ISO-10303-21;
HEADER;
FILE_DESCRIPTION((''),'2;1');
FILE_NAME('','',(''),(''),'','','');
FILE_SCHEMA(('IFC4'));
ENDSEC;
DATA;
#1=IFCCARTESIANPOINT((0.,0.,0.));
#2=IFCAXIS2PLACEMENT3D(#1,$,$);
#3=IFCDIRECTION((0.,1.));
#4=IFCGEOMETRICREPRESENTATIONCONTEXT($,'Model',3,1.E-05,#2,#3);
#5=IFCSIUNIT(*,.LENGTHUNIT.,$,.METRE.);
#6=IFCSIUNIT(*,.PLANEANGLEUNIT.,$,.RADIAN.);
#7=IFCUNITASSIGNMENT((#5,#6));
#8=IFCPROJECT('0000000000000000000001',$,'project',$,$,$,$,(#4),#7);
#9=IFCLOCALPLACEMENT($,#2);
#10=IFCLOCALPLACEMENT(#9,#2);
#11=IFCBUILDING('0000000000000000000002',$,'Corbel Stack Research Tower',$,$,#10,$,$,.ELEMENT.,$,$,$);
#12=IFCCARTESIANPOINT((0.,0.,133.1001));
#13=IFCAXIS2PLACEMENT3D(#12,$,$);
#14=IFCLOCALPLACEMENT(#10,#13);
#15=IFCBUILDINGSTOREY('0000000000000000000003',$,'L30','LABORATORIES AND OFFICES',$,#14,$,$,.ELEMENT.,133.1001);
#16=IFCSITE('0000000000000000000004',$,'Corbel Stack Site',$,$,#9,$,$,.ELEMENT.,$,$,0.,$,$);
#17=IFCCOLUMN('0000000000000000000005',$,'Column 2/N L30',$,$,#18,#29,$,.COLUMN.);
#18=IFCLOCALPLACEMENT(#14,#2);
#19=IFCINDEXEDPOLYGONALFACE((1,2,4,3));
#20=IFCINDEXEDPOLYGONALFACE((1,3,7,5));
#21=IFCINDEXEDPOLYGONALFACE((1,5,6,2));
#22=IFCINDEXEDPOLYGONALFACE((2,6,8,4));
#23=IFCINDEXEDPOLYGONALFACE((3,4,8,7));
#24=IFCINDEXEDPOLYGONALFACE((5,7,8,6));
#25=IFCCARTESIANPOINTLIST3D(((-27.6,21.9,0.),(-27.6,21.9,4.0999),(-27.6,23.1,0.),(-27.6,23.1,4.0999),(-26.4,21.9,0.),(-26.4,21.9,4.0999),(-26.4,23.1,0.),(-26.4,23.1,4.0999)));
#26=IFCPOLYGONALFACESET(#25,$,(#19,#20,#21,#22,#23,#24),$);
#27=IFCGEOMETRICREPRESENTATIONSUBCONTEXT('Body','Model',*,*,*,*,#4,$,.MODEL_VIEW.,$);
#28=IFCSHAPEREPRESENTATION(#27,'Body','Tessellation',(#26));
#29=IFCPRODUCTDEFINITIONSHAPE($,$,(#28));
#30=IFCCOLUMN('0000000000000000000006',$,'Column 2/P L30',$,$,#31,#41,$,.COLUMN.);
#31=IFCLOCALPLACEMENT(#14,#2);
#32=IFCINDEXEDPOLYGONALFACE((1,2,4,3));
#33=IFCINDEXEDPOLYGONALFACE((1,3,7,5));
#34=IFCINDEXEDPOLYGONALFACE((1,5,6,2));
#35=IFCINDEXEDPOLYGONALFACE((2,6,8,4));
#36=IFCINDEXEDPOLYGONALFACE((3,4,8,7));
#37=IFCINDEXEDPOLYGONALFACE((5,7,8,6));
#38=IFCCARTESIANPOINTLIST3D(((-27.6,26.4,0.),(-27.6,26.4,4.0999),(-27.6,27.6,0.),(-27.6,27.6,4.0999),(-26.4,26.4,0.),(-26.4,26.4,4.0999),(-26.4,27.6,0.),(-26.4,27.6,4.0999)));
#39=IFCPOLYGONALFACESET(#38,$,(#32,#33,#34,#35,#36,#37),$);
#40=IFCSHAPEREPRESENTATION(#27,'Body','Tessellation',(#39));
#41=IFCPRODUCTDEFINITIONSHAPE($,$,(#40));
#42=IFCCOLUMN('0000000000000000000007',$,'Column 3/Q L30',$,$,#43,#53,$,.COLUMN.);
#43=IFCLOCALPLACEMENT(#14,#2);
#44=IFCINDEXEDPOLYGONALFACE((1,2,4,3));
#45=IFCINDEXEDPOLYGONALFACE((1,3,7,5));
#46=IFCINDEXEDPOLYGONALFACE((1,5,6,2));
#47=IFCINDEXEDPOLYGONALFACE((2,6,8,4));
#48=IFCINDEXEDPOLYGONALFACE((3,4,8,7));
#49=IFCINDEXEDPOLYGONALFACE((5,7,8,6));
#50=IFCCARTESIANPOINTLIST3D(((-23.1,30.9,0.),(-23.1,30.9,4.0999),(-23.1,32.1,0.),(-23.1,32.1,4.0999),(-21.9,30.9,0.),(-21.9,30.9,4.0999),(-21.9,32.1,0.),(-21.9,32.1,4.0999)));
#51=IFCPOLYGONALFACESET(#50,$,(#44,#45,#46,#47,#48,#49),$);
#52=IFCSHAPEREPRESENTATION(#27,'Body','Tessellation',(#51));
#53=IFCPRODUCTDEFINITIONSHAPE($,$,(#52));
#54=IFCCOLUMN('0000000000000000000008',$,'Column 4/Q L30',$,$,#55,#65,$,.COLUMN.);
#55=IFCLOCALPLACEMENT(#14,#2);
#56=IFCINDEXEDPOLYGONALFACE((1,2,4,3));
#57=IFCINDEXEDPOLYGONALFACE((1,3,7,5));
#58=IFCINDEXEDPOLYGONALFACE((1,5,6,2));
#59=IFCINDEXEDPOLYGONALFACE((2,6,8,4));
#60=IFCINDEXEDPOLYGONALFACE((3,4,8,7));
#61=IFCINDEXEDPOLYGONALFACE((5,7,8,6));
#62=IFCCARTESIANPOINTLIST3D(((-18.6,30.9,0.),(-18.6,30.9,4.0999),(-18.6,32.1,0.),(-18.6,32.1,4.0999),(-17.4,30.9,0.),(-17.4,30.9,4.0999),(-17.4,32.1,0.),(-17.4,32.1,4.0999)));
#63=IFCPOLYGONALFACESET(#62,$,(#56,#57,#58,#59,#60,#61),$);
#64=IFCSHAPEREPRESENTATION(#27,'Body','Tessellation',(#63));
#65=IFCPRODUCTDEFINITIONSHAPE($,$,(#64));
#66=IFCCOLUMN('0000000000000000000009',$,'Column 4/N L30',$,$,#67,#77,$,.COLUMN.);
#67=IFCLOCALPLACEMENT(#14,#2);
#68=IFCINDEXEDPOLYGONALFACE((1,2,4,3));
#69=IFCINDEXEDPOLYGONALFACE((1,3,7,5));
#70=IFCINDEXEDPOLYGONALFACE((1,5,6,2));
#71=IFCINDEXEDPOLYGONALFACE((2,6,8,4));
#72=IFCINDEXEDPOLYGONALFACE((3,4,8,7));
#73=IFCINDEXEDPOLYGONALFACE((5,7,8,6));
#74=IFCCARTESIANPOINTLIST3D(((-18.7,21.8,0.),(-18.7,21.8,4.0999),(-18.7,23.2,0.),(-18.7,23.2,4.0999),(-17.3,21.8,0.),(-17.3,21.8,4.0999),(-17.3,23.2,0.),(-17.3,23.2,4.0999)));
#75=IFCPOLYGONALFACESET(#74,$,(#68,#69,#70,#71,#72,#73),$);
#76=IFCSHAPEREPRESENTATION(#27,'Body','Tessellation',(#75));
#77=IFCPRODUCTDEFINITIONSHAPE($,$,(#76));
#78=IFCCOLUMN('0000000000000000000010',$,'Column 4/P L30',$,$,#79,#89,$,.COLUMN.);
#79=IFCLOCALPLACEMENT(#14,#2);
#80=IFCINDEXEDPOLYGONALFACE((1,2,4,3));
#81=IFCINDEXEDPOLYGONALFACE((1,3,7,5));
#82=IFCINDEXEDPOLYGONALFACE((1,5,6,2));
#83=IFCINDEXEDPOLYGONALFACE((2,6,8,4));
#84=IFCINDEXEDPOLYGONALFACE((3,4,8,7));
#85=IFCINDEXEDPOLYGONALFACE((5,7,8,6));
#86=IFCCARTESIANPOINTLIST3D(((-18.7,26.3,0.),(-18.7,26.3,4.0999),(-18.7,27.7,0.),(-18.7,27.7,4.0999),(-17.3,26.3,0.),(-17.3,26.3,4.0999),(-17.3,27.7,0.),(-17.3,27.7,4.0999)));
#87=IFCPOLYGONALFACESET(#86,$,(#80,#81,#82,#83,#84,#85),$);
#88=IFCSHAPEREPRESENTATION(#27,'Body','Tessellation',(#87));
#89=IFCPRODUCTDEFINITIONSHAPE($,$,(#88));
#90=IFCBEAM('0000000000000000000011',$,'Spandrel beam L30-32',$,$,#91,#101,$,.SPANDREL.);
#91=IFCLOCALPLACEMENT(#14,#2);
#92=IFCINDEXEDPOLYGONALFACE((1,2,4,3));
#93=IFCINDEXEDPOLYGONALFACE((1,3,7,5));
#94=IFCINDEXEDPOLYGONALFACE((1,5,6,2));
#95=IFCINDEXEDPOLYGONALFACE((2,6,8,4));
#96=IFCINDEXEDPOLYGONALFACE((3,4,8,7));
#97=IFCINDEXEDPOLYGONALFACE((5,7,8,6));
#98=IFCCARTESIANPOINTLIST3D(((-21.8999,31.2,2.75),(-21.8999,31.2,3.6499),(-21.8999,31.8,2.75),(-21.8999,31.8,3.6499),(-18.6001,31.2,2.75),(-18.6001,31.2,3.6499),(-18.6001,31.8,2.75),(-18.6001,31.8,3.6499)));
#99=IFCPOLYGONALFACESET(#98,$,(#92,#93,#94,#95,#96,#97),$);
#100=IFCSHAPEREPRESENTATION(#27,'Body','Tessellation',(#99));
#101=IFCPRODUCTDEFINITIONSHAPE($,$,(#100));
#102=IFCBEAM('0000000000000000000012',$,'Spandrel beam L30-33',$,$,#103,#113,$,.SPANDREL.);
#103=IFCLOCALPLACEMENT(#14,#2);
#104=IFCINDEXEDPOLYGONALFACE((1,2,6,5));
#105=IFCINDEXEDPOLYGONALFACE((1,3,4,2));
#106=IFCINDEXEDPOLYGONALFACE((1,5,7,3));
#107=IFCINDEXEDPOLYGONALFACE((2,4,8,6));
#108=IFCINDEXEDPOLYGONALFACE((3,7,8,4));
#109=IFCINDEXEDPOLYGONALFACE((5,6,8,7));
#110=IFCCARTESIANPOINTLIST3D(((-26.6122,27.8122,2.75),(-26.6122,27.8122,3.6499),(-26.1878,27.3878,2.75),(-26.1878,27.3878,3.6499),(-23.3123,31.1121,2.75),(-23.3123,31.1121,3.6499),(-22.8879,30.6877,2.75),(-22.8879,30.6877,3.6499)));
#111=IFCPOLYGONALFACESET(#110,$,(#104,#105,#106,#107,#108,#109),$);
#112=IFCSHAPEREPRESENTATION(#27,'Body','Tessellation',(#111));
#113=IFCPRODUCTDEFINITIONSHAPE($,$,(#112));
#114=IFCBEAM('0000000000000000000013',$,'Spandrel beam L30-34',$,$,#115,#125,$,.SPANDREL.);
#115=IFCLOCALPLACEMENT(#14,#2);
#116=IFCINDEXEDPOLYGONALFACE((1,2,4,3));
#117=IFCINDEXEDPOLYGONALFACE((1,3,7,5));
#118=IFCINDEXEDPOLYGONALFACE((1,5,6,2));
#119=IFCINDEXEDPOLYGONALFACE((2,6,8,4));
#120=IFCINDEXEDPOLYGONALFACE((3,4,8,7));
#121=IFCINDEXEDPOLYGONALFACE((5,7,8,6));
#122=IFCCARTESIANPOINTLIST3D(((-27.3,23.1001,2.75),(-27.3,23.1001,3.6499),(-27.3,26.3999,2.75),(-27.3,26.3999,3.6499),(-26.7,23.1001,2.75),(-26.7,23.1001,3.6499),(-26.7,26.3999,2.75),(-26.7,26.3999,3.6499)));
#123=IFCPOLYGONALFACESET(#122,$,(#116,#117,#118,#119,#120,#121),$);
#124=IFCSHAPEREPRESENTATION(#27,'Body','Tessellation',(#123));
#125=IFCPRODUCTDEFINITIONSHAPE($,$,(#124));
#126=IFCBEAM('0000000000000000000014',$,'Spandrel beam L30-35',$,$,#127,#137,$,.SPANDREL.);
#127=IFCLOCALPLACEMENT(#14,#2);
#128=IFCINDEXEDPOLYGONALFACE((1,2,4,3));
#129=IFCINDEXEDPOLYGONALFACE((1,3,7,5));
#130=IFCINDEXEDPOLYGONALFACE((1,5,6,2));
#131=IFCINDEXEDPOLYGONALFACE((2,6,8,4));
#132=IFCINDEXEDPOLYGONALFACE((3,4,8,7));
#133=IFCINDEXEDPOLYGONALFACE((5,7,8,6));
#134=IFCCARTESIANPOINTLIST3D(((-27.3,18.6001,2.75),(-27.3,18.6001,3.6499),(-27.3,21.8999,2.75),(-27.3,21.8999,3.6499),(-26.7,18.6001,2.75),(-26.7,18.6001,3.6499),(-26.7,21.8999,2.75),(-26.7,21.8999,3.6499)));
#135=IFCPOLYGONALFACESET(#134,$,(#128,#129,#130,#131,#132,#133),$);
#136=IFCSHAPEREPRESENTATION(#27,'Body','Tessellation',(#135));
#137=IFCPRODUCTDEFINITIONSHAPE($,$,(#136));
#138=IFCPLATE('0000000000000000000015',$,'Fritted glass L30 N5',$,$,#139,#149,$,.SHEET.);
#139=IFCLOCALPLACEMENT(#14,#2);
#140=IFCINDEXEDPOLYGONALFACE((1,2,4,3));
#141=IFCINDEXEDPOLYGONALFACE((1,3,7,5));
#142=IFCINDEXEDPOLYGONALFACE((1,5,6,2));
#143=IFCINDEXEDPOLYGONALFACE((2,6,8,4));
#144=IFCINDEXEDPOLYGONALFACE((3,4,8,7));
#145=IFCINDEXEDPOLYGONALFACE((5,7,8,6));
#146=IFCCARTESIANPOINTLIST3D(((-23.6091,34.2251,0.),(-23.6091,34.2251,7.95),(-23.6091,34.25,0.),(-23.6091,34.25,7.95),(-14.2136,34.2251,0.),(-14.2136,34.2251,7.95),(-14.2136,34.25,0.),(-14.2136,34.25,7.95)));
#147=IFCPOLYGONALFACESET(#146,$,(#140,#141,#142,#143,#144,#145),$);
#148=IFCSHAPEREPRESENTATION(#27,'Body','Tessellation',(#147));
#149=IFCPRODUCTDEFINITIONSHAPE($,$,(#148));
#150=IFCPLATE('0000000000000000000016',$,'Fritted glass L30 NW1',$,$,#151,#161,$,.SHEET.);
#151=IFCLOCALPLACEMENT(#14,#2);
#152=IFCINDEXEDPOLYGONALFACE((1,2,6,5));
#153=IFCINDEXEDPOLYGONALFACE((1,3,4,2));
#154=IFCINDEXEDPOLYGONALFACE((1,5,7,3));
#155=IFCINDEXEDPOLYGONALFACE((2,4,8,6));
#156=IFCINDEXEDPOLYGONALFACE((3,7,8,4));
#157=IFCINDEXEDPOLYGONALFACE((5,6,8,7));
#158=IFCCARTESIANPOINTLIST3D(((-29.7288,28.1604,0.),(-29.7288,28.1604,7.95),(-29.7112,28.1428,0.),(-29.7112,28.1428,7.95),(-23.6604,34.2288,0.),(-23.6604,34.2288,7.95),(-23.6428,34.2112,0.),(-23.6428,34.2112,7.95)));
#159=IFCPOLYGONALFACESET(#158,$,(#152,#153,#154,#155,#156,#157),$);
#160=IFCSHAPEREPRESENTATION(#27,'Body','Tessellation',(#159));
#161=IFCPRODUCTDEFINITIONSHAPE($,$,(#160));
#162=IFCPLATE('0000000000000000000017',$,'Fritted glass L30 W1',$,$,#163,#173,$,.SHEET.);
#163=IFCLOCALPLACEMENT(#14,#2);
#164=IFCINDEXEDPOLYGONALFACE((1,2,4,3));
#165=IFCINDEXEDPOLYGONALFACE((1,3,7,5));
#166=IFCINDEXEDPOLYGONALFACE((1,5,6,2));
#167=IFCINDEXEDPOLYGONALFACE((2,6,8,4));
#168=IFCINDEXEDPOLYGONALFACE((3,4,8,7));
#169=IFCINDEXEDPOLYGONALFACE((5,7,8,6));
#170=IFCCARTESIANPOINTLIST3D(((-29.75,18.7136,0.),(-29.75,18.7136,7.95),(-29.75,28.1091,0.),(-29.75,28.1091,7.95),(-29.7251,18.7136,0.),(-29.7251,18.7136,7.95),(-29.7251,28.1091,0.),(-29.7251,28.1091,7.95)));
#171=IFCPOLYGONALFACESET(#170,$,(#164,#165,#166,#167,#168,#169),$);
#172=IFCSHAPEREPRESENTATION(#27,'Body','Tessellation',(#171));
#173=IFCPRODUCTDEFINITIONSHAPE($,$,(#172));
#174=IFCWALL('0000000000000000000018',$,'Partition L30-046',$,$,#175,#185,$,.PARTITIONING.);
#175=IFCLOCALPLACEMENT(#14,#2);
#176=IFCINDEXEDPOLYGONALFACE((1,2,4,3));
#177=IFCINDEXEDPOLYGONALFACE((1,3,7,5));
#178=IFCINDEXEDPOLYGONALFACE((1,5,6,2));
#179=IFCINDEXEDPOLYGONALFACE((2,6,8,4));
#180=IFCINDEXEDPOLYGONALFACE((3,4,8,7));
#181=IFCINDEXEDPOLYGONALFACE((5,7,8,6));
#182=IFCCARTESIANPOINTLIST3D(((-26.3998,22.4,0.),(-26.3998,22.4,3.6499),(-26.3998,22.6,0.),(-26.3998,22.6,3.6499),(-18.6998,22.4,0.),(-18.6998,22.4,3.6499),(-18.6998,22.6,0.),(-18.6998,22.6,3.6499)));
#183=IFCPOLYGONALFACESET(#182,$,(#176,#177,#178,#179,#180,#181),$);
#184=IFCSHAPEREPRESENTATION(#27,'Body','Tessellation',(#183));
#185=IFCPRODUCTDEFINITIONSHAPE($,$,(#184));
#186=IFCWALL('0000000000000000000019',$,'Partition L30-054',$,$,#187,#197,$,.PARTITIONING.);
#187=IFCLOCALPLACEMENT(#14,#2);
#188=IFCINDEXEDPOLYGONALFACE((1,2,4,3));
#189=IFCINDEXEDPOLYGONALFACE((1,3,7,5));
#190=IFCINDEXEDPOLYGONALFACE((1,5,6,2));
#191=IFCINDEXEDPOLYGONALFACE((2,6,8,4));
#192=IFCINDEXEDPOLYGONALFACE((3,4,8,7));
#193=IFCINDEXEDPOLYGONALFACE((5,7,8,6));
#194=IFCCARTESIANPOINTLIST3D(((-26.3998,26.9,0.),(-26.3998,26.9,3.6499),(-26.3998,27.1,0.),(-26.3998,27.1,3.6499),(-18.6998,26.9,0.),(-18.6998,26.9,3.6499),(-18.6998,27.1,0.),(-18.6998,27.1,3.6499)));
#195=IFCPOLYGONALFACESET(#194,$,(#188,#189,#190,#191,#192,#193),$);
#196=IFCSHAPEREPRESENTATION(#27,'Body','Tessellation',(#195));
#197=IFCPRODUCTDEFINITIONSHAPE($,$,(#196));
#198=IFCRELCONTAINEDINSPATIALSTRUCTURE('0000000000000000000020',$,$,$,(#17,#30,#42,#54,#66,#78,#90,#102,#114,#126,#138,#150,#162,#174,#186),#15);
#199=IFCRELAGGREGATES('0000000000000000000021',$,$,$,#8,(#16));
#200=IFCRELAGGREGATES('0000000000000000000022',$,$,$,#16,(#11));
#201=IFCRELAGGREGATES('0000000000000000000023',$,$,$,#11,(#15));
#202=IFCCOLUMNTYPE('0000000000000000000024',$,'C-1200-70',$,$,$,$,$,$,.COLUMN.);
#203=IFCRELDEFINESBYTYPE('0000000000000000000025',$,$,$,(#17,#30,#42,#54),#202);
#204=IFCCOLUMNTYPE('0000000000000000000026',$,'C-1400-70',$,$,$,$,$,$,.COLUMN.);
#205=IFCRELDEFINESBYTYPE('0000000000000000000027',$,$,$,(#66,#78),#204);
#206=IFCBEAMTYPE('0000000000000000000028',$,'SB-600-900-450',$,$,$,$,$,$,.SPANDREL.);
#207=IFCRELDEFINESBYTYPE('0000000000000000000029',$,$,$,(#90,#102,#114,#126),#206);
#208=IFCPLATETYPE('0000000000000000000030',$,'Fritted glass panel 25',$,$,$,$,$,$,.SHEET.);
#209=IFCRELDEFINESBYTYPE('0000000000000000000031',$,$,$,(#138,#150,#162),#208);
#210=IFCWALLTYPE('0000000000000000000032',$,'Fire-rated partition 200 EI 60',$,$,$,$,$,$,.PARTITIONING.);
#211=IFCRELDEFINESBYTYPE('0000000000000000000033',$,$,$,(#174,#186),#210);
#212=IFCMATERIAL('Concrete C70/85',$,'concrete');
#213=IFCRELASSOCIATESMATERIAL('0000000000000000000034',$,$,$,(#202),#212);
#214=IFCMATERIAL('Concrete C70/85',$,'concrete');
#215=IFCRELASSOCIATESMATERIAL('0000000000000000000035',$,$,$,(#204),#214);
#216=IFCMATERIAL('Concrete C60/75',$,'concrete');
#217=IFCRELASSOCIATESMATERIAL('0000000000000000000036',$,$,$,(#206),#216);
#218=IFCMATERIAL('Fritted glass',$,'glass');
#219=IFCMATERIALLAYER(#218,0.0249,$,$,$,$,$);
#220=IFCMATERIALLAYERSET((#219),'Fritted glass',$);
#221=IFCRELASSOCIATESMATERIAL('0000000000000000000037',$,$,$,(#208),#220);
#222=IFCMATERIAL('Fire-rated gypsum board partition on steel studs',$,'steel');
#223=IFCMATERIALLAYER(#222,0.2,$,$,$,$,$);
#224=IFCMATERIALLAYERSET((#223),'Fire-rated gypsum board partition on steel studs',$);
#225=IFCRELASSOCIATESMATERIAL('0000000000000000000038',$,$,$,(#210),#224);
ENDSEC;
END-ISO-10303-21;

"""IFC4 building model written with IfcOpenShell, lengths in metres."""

from ifc_helpers import new_model, si_unit, direction, frame, frame_2d, origin, origin_2d, place, context, subcontext, project, spatial, rectangle, extrude, material, layer, layer_set, material_profile, profile_set, type_object, element, save


model = new_model("IFC4")

# Units and contexts
model_context = context("Model", 3, precision=1e-05, world=origin(), true_north=direction((0.0, 1.0)))
body_context = subcontext(model_context, "Body", "Model", "MODEL_VIEW")
ifc_project = project(units=[si_unit("LENGTHUNIT", "METRE"), si_unit("PLANEANGLEUNIT", "RADIAN")], contexts=[model_context])

# Site, building, storey
site_placement = place(None, origin())
site = spatial("IfcSite", under=ifc_project, at=site_placement, Name="Corbel Stack Site", CompositionType="ELEMENT", RefElevation=0.0)
building_placement = place(site_placement, origin())
building = spatial("IfcBuilding", under=site, at=building_placement, Name="Corbel Stack Research Tower", CompositionType="ELEMENT")
storey_placement = place(building_placement, frame((0.0, 0.0, 133.1001)))
storey = spatial("IfcBuildingStorey", under=building, at=storey_placement, Name="L30", Description="LABORATORIES AND OFFICES", CompositionType="ELEMENT", Elevation=133.1001)

# Columns
ifc_material_1 = material(Name="Concrete C70/85", Category="concrete")
ifc_material_profile_1 = material_profile(ifc_material_1, rectangle(XDim=1.2, YDim=1.2, at=origin_2d()), Name="RC 1200 x 1200")
ifc_profile_set_1 = profile_set([ifc_material_profile_1], Name="Concrete C70/85")
column_type_1 = type_object("IfcColumnType", Name="C-1200-70", PredefinedType="COLUMN", material=ifc_profile_set_1)
for number, where, z_axis, x_axis, name in (
    (1, (-27.0, 22.5, 0.0), (0.0, 0.0, 1.0), (1.0, 0.0, 0.0), "Column 2/N L30"),
    (2, (-27.0, 27.0, 0.0), (0.0, 0.0, 1.0), (1.0, 0.0, 0.0), "Column 2/P L30"),
    (3, (-22.5, 31.5, 0.0), (0.0, 0.0, 1.0), (1.0, 0.0, 0.0), "Column 3/Q L30"),
    (4, (-18.0, 31.5, 0.0), (0.0, 0.0, 1.0), (1.0, 0.0, 0.0), "Column 4/Q L30"),
):
    element("IfcColumn", number, at=place(storey_placement, frame(where, z_axis=z_axis, x_axis=x_axis)), inside=storey, type_object=column_type_1, Name=name, PredefinedType="COLUMN", context=body_context, shape_type="SweptSolid", body=[
        extrude(rectangle(XDim=1.2, YDim=1.2, at=origin_2d()), origin(), (0.0, 0.0, 1.0), 4.0999),
    ])
ifc_material_2 = material(Name="Concrete C70/85", Category="concrete")
ifc_material_profile_2 = material_profile(ifc_material_2, rectangle(XDim=1.3999, YDim=1.3999, at=origin_2d()), Name="RC 1400 x 1400")
ifc_profile_set_2 = profile_set([ifc_material_profile_2], Name="Concrete C70/85")
column_type_2 = type_object("IfcColumnType", Name="C-1400-70", PredefinedType="COLUMN", material=ifc_profile_set_2)
for number, where, z_axis, x_axis, name in (
    (5, (-18.0, 22.5, 0.0), (0.0, 0.0, 1.0), (1.0, 0.0, 0.0), "Column 4/N L30"),
    (6, (-18.0, 27.0, 0.0), (0.0, 0.0, 1.0), (1.0, 0.0, 0.0), "Column 4/P L30"),
):
    element("IfcColumn", number, at=place(storey_placement, frame(where, z_axis=z_axis, x_axis=x_axis)), inside=storey, type_object=column_type_2, Name=name, PredefinedType="COLUMN", context=body_context, shape_type="SweptSolid", body=[
        extrude(rectangle(XDim=1.3999, YDim=1.3999, at=origin_2d()), origin(), (0.0, 0.0, 1.0), 4.0999),
    ])

# Beams
ifc_material_3 = material(Name="Concrete C60/75", Category="concrete")
ifc_material_profile_3 = material_profile(ifc_material_3, rectangle(XDim=0.6001, YDim=0.8999, at=origin_2d()), Name="RC 600 x 900")
ifc_profile_set_3 = profile_set([ifc_material_profile_3], Name="Concrete C60/75")
beam_type = type_object("IfcBeamType", Name="SB-600-900-450", PredefinedType="SPANDREL", material=ifc_profile_set_3)
beam_1_placement = place(storey_placement, frame((-18.6001, 31.5, 3.2), z_axis=(-1.0, 0.0, 0.0), x_axis=(0.0, -1.0, 0.0)))
element("IfcBeam", 7, at=beam_1_placement, inside=storey, type_object=beam_type, Name="Spandrel beam L30-32", PredefinedType="SPANDREL", context=body_context, shape_type="SweptSolid", body=[
    extrude(rectangle(XDim=0.6001, YDim=0.8999, at=origin_2d()), origin(), (0.0, 0.0, 1.0), 3.2998),
])
beam_2_placement = place(storey_placement, frame((-23.1001, 30.8999, 3.2), z_axis=(-0.707107, -0.707107, 0.0), x_axis=(0.707107, -0.707107, 0.0)))
element("IfcBeam", 8, at=beam_2_placement, inside=storey, type_object=beam_type, Name="Spandrel beam L30-33", PredefinedType="SPANDREL", context=body_context, shape_type="SweptSolid", body=[
    extrude(rectangle(XDim=0.6001, YDim=0.8999, at=origin_2d()), origin(), (0.0, 0.0, 1.0), 4.6667),
])
for number, where, z_axis, x_axis, name in (
    (9, (-27.0, 26.3999, 3.2), (0.0, -1.0, 0.0), (1.0, 0.0, 0.0), "Spandrel beam L30-34"),
    (10, (-27.0, 21.8999, 3.2), (0.0, -1.0, 0.0), (1.0, 0.0, 0.0), "Spandrel beam L30-35"),
):
    element("IfcBeam", number, at=place(storey_placement, frame(where, z_axis=z_axis, x_axis=x_axis)), inside=storey, type_object=beam_type, Name=name, PredefinedType="SPANDREL", context=body_context, shape_type="SweptSolid", body=[
        extrude(rectangle(XDim=0.6001, YDim=0.8999, at=origin_2d()), origin(), (0.0, 0.0, 1.0), 3.2998),
    ])

# Plates
ifc_material_4 = material(Name="Fritted glass", Category="glass")
ifc_layer_1 = layer(ifc_material_4, 0.0249)
ifc_layer_set_1 = layer_set([ifc_layer_1], Name="Fritted glass")
plate_type = type_object("IfcPlateType", Name="Fritted glass panel 25", PredefinedType="SHEET", material=ifc_layer_set_1)
plate_1_placement = place(storey_placement, frame((-18.9114, 34.2375, 0.0), z_axis=(0.0, 0.0, 1.0), x_axis=(-1.0, 0.0, 0.0)))
element("IfcPlate", 11, at=plate_1_placement, inside=storey, type_object=plate_type, Name="Fritted glass L30 N5", PredefinedType="SHEET", context=body_context, shape_type="SweptSolid", body=[
    extrude(rectangle(XDim=9.3955, YDim=0.0249, at=origin_2d()), origin(), (0.0, 0.0, 1.0), 7.95),
])
plate_2_placement = place(storey_placement, frame((-26.6858, 31.1858, 0.0), z_axis=(0.0, 0.0, 1.0), x_axis=(-0.707107, -0.707107, 0.0)))
element("IfcPlate", 12, at=plate_2_placement, inside=storey, type_object=plate_type, Name="Fritted glass L30 NW1", PredefinedType="SHEET", context=body_context, shape_type="SweptSolid", body=[
    extrude(rectangle(XDim=8.582, YDim=0.0249, at=origin_2d()), origin(), (0.0, 0.0, 1.0), 7.95),
])
plate_3_placement = place(storey_placement, frame((-29.7375, 23.4114, 0.0), z_axis=(0.0, 0.0, 1.0), x_axis=(0.0, -1.0, 0.0)))
element("IfcPlate", 13, at=plate_3_placement, inside=storey, type_object=plate_type, Name="Fritted glass L30 W1", PredefinedType="SHEET", context=body_context, shape_type="SweptSolid", body=[
    extrude(rectangle(XDim=9.3955, YDim=0.0249, at=origin_2d()), origin(), (0.0, 0.0, 1.0), 7.95),
])

# Walls
ifc_material_5 = material(Name="Fire-rated gypsum board partition on steel studs", Category="steel")
ifc_layer_2 = layer(ifc_material_5, 0.2)
ifc_layer_set_2 = layer_set([ifc_layer_2], Name="Fire-rated gypsum board partition on steel studs")
wall_type_1 = type_object("IfcWallType", Name="Fire-rated partition 200 EI 60", PredefinedType="PARTITIONING", material=ifc_layer_set_2)
for number, where, z_axis, x_axis, name in (
    (14, (-26.3999, 22.5, 0.0), (0.0, 0.0, 1.0), (1.0, 0.0, 0.0), "Partition L30-046"),
    (15, (-26.3999, 27.0, 0.0), (0.0, 0.0, 1.0), (1.0, 0.0, 0.0), "Partition L30-054"),
):
    element("IfcWall", number, at=place(storey_placement, frame(where, z_axis=z_axis, x_axis=x_axis)), inside=storey, type_object=wall_type_1, Name=name, PredefinedType="PARTITIONING", context=body_context, shape_type="SweptSolid", body=[
        extrude(rectangle(XDim=7.7, YDim=0.2, at=frame_2d((3.8501, 0.0))), origin(), (0.0, 0.0, 1.0), 3.6499),
    ])

save(model, "model.ifc")
